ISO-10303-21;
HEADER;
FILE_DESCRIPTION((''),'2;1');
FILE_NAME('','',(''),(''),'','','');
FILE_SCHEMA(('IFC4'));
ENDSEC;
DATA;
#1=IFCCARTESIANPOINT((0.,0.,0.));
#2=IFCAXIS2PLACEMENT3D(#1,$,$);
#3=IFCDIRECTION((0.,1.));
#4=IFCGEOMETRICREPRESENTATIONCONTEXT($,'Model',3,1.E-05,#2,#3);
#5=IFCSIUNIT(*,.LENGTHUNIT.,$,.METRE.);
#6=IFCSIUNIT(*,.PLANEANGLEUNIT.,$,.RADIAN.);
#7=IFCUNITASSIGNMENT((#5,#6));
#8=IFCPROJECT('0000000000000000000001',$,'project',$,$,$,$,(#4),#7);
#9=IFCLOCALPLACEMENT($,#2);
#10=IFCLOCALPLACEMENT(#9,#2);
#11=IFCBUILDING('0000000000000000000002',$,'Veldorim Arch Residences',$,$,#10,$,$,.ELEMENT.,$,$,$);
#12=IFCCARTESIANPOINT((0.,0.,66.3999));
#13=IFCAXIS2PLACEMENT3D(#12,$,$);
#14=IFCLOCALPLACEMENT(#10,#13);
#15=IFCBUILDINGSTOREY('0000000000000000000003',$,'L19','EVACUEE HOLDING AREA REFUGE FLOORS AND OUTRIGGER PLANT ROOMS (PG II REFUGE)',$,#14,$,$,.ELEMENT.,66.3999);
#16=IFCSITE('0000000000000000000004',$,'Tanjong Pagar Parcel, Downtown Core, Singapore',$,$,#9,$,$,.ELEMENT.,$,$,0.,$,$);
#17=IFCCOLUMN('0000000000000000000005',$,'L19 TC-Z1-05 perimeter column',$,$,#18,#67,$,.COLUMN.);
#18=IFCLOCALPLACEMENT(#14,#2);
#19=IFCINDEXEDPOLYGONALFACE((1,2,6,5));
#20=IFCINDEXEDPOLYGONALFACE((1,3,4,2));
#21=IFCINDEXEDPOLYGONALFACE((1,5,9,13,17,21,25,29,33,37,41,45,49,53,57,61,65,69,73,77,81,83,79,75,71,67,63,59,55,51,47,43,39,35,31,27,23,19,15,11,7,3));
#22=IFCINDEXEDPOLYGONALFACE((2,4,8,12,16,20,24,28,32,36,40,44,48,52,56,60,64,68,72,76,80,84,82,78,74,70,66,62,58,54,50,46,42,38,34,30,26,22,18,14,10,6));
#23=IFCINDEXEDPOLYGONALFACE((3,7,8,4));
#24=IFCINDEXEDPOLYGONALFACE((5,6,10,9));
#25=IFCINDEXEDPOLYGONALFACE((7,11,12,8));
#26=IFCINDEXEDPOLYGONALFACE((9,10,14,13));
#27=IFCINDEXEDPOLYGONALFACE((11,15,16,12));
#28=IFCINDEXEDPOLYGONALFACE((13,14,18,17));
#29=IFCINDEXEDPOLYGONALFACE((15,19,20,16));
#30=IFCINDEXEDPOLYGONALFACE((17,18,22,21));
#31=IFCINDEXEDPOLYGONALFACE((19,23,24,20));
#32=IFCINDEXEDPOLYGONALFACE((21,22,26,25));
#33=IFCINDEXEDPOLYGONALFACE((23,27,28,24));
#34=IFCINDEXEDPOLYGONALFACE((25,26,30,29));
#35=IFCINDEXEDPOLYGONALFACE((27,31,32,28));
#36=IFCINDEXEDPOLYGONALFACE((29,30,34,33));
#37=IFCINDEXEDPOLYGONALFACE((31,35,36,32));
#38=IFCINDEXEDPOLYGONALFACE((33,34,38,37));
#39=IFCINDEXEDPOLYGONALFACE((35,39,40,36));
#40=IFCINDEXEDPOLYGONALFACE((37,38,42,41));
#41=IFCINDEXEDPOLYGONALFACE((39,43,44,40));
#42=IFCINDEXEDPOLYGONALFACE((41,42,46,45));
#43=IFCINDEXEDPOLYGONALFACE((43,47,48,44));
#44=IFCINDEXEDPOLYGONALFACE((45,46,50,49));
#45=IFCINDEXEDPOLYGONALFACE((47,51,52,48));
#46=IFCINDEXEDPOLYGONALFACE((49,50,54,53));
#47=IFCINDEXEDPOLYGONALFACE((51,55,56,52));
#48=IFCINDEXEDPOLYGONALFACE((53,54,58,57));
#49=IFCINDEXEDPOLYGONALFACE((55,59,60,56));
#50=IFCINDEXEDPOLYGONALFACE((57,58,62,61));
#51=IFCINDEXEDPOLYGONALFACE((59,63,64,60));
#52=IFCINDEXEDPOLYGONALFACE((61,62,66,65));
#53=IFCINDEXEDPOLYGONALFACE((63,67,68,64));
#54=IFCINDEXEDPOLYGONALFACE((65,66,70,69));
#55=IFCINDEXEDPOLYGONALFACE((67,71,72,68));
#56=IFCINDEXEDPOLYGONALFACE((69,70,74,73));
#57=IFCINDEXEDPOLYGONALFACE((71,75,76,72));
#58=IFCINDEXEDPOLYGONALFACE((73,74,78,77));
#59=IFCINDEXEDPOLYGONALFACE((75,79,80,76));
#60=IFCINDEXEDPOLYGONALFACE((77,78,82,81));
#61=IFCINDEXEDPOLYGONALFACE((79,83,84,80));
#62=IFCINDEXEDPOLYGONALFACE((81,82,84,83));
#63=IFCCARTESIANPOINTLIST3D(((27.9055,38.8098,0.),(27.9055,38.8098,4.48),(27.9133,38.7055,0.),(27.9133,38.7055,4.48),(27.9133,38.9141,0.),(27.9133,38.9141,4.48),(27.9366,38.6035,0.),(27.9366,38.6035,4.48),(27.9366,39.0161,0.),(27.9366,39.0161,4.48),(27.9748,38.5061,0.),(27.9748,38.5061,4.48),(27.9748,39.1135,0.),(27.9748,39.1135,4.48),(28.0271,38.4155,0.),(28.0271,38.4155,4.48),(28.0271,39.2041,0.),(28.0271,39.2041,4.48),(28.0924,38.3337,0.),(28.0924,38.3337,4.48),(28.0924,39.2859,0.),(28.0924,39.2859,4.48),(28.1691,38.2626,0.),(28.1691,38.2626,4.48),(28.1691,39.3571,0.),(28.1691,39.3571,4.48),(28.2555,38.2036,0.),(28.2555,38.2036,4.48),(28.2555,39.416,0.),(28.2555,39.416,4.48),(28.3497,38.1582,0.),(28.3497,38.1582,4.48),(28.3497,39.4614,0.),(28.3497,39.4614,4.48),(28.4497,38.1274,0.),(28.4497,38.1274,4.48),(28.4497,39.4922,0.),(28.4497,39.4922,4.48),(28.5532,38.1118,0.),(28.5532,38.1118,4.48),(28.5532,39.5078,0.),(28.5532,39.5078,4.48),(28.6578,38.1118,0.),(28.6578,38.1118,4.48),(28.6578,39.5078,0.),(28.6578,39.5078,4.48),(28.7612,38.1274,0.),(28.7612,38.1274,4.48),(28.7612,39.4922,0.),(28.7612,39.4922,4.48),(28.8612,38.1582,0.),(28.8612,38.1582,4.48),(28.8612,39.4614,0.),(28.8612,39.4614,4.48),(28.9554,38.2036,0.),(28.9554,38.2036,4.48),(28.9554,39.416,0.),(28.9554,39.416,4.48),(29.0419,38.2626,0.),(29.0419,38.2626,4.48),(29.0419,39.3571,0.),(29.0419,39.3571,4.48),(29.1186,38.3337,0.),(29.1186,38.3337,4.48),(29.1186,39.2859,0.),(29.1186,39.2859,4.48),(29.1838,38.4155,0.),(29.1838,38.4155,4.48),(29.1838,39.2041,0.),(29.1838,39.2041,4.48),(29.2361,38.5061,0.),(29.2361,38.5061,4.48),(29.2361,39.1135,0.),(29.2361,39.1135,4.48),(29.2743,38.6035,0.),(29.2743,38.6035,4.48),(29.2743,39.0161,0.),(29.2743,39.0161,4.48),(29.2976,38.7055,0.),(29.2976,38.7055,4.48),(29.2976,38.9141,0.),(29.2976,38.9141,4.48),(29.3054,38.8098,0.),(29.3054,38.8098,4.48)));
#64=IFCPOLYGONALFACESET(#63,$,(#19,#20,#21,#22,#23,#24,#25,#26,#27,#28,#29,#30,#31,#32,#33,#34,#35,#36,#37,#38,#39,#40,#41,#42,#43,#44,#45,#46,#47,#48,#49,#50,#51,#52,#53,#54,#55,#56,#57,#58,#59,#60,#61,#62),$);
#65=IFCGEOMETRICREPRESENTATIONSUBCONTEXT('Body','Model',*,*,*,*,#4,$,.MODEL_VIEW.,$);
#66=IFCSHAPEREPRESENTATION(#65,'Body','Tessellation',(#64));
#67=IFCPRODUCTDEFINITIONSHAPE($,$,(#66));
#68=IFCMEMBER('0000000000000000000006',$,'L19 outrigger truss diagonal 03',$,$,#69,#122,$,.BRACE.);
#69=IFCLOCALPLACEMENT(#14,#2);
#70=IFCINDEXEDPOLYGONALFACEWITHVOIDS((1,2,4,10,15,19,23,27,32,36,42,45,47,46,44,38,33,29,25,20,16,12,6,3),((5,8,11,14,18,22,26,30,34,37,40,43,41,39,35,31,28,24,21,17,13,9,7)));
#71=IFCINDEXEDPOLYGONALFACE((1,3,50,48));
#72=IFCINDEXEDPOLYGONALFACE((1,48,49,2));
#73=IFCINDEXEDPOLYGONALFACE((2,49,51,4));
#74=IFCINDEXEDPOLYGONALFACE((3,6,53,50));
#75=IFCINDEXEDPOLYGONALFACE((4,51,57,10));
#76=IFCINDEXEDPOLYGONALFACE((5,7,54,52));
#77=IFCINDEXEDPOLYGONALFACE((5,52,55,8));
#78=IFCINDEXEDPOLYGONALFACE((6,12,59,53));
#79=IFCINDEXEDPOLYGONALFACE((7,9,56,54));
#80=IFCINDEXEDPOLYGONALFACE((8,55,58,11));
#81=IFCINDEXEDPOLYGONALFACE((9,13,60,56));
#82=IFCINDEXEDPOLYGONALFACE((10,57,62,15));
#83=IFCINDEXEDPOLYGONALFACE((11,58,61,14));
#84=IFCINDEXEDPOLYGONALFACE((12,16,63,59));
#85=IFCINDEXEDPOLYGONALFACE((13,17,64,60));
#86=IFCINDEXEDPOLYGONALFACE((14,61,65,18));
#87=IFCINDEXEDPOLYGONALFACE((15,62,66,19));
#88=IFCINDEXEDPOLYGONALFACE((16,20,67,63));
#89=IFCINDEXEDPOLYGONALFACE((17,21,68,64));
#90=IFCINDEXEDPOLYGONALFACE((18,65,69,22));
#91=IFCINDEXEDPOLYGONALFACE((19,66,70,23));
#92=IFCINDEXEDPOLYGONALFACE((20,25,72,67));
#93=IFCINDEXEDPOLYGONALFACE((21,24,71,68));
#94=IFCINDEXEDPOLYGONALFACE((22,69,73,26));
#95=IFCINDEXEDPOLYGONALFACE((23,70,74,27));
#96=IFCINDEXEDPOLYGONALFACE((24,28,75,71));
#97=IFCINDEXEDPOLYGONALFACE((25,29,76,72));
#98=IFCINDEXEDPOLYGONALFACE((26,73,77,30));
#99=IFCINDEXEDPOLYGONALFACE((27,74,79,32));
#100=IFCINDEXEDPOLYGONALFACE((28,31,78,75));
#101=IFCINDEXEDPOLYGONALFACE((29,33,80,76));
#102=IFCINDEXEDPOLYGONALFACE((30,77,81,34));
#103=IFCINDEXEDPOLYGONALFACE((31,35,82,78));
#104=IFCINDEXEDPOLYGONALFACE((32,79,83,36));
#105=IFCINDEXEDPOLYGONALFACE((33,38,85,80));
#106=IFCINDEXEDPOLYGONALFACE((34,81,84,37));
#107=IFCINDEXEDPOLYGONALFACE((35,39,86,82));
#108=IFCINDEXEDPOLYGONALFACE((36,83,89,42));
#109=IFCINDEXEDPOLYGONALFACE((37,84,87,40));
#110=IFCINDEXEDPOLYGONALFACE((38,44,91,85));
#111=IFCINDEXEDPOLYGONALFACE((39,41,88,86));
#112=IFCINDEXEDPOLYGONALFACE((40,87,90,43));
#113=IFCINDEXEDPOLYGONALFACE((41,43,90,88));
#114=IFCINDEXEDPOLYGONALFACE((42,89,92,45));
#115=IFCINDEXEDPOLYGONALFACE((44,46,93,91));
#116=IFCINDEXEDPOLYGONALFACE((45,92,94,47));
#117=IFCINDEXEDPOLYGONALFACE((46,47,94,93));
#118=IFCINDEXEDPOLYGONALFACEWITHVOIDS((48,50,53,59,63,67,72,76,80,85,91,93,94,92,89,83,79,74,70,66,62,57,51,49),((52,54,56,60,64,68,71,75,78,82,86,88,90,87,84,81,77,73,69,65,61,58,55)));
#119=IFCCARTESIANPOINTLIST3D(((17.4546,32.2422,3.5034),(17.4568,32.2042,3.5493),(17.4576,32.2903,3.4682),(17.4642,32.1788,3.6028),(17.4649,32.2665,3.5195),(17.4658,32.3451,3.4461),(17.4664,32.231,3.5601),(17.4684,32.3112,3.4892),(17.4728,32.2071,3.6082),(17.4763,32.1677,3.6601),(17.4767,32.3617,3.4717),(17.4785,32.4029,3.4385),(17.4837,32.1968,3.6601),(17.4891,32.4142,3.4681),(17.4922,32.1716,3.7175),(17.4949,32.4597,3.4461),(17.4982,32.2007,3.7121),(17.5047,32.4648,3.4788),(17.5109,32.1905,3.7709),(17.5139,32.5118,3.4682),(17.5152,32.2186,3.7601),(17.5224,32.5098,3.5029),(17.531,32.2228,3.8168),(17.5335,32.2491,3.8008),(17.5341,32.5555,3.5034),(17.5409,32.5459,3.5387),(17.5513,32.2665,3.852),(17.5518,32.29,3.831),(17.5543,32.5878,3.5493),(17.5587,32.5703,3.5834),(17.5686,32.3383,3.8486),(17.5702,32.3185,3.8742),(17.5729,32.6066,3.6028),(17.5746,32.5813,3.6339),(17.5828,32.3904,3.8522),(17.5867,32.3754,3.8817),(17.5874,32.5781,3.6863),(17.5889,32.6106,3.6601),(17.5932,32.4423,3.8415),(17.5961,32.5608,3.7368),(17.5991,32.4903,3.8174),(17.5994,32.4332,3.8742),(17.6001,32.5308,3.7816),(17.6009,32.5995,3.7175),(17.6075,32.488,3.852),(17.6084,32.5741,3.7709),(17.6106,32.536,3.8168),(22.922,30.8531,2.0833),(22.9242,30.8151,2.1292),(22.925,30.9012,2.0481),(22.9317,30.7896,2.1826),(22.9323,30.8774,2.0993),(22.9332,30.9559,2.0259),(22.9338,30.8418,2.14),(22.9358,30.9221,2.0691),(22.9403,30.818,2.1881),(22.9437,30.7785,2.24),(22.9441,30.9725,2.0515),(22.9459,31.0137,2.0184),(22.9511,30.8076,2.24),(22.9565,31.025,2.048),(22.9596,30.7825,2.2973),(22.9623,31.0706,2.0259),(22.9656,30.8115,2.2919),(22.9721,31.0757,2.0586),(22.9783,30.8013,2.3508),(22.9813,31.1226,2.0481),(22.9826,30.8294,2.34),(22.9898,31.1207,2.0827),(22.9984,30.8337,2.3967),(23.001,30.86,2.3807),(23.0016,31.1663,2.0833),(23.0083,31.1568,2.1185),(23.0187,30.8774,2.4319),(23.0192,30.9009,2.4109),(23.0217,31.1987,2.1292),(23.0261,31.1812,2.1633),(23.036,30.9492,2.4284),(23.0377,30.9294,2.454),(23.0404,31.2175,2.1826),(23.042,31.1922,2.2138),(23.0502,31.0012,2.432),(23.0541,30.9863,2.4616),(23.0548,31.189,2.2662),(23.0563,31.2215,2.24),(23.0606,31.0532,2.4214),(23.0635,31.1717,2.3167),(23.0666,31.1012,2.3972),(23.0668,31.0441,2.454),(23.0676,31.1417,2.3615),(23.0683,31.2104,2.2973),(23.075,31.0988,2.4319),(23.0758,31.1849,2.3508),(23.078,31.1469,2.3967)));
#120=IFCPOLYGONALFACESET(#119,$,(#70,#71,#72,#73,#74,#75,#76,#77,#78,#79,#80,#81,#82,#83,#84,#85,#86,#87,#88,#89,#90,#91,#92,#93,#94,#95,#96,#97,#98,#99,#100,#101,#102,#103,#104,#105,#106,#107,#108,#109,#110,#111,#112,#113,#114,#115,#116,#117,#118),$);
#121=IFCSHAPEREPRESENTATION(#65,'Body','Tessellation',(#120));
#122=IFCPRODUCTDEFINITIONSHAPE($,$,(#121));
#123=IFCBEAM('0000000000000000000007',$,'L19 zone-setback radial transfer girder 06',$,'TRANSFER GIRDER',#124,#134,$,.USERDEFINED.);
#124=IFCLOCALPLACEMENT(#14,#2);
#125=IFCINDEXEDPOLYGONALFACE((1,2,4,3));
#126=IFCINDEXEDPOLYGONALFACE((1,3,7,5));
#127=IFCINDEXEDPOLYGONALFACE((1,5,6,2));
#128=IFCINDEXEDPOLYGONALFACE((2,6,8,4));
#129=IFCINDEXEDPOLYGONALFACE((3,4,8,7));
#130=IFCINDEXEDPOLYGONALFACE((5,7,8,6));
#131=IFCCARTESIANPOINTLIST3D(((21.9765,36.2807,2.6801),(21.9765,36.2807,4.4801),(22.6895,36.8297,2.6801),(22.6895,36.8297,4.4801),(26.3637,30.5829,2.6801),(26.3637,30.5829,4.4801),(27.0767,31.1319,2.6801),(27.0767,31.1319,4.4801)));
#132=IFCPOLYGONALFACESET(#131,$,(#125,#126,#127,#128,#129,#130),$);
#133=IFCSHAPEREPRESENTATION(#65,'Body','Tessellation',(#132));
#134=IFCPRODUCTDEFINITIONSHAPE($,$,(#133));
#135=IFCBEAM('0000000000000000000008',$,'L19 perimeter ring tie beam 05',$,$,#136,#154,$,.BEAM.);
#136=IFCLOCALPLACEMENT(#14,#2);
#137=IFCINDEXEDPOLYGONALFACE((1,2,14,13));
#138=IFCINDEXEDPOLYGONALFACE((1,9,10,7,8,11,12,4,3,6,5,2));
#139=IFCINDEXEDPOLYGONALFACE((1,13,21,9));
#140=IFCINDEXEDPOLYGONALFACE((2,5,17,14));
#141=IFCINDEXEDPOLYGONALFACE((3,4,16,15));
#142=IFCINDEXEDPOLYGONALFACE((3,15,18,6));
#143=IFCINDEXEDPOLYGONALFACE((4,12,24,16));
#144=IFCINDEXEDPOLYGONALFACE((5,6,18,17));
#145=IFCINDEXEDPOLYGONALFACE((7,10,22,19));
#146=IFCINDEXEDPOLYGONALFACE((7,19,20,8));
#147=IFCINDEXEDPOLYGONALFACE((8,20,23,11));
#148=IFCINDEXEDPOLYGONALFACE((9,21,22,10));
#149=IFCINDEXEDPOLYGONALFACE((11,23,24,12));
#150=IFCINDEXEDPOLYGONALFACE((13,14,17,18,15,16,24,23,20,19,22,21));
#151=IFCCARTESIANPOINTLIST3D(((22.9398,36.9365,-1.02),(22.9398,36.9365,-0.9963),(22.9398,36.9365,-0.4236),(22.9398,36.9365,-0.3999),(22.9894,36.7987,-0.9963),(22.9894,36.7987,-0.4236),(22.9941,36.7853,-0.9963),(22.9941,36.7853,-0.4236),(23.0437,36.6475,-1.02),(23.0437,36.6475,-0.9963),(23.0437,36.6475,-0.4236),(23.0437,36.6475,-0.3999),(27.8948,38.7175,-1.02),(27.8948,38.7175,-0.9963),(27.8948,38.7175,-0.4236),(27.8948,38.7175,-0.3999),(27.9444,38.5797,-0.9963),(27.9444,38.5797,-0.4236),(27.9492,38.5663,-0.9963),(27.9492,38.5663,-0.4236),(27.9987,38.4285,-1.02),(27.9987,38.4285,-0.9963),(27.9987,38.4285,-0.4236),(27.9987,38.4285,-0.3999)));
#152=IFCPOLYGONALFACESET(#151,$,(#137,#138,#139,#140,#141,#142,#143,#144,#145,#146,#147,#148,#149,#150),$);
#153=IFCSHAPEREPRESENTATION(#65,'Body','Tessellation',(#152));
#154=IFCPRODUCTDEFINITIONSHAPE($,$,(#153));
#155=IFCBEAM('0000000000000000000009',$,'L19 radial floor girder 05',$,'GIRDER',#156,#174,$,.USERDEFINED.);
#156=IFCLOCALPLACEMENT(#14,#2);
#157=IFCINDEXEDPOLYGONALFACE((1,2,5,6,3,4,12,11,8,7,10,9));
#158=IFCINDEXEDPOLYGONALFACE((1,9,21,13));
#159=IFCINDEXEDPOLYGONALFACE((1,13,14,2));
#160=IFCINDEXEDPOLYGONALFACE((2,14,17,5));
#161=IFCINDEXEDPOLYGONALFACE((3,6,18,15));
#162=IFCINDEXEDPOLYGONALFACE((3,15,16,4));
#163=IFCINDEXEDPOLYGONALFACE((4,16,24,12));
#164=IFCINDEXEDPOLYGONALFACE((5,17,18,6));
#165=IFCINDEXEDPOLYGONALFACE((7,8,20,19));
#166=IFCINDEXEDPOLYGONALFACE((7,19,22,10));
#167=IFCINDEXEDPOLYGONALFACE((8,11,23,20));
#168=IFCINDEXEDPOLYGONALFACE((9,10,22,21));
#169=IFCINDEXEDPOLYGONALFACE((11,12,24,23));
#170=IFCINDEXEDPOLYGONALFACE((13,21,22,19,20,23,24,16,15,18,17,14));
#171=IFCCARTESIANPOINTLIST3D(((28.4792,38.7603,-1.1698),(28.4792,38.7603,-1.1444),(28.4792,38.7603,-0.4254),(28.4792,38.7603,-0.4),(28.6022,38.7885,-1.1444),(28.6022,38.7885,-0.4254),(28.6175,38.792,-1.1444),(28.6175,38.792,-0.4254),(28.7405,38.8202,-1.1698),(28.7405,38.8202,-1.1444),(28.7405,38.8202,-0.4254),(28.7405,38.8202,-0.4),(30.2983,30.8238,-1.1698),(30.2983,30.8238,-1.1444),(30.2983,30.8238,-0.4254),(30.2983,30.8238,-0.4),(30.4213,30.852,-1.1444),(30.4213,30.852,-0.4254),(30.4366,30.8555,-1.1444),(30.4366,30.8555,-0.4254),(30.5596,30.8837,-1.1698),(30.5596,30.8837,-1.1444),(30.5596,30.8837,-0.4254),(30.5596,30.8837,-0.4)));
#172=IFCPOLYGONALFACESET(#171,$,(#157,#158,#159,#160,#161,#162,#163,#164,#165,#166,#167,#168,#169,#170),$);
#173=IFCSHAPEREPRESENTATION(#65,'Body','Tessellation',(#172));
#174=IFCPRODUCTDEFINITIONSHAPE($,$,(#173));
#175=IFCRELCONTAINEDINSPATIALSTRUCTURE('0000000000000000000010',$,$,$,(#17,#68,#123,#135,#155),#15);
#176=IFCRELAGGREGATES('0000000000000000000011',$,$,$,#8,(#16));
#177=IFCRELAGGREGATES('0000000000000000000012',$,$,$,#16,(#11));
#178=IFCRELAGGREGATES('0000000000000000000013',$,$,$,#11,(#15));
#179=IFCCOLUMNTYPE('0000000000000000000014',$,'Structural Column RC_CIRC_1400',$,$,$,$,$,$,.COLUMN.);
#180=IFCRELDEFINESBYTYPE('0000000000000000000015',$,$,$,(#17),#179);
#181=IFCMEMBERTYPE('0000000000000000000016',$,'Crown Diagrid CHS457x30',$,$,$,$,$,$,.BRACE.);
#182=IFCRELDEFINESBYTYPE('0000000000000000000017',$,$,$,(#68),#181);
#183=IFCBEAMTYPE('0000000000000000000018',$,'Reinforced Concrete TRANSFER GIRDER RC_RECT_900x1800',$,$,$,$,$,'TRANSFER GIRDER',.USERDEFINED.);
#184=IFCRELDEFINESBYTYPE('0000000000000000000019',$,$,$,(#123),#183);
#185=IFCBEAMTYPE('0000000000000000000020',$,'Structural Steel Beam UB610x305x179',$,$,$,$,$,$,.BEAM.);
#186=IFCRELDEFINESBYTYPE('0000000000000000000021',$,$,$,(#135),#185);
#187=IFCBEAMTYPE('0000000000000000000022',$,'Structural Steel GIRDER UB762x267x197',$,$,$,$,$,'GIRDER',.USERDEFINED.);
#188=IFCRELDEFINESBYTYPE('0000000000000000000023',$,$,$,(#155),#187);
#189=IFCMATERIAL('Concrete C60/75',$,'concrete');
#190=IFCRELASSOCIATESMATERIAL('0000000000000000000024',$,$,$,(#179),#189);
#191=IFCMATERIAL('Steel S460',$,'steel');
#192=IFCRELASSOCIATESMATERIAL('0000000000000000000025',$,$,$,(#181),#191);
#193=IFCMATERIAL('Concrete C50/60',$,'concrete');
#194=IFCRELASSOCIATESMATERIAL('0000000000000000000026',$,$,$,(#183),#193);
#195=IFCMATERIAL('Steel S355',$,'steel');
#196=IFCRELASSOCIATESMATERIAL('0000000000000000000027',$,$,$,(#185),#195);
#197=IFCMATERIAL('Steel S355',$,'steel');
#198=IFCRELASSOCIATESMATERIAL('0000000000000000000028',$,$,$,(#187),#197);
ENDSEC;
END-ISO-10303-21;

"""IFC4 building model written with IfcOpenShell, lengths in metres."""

from ifc_helpers import new_model, si_unit, direction, frame, origin, origin_2d, place, context, subcontext, project, spatial, rectangle, circle, hollow_circle, i_section, extrude, material, material_profile, profile_set, type_object, element, save


model = new_model("IFC4")

# Units and contexts
model_context = context("Model", 3, precision=1e-05, world=origin(), true_north=direction((0.0, 1.0)))
body_context = subcontext(model_context, "Body", "Model", "MODEL_VIEW")
ifc_project = project(units=[si_unit("LENGTHUNIT", "METRE"), si_unit("PLANEANGLEUNIT", "RADIAN")], contexts=[model_context])

# Site, building, storey
site_placement = place(None, origin())
site = spatial("IfcSite", under=ifc_project, at=site_placement, Name="Tanjong Pagar Parcel, Downtown Core, Singapore", CompositionType="ELEMENT", RefElevation=0.0)
building_placement = place(site_placement, origin())
building = spatial("IfcBuilding", under=site, at=building_placement, Name="Veldorim Arch Residences", CompositionType="ELEMENT")
storey_placement = place(building_placement, frame((0.0, 0.0, 66.3999)))
storey = spatial("IfcBuildingStorey", under=building, at=storey_placement, Name="L19", Description="EVACUEE HOLDING AREA REFUGE FLOORS AND OUTRIGGER PLANT ROOMS (PG II REFUGE)", CompositionType="ELEMENT", Elevation=66.3999)

# Column
ifc_material_1 = material(Name="Concrete C60/75", Category="concrete")
ifc_material_profile_1 = material_profile(ifc_material_1, circle(Radius=0.7, at=origin_2d()), Name="RC_CIRC_1400")
ifc_profile_set_1 = profile_set([ifc_material_profile_1], Name="Concrete C60/75")
column_type = type_object("IfcColumnType", Name="Structural Column RC_CIRC_1400", PredefinedType="COLUMN", material=ifc_profile_set_1)
column_placement = place(storey_placement, frame((28.6055, 38.8098, 0.0), z_axis=(0.0, 0.0, 1.0), x_axis=(1.0, 0.0, 0.0)))
element("IfcColumn", 1, at=column_placement, inside=storey, type_object=column_type, Name="L19 TC-Z1-05 perimeter column", PredefinedType="COLUMN", context=body_context, shape_type="SweptSolid", body=[
    extrude(circle(Radius=0.7, at=origin_2d()), origin(), (0.0, 0.0, 1.0), 4.48),
])

# Member
ifc_material_2 = material(Name="Steel S460", Category="steel")
ifc_material_profile_2 = material_profile(ifc_material_2, hollow_circle(Radius=0.2285, WallThickness=0.03, at=origin_2d()), Name="CHS457x30")
ifc_profile_set_2 = profile_set([ifc_material_profile_2], Name="Steel S460")
member_type_1 = type_object("IfcMemberType", Name="Crown Diagrid CHS457x30", PredefinedType="BRACE", material=ifc_profile_set_2)
member_1_placement = place(storey_placement, frame((23.0, 31.0, 2.24), z_axis=(-0.939881, 0.2388, 0.24413), x_axis=(-0.246251, -0.969206, 0.0)))
element("IfcMember", 2, at=member_1_placement, inside=storey, type_object=member_type_1, Name="L19 outrigger truss diagonal 03", PredefinedType="BRACE", context=body_context, shape_type="SweptSolid", body=[
    extrude(hollow_circle(Radius=0.2285, WallThickness=0.03, at=origin_2d()), origin(), (0.0, 0.0, 1.0), 5.8171),
])

# Beams
ifc_material_3 = material(Name="Concrete C50/60", Category="concrete")
ifc_material_profile_3 = material_profile(ifc_material_3, rectangle(XDim=0.8999, YDim=1.8, at=origin_2d()), Name="RC_RECT_900x1800")
ifc_profile_set_3 = profile_set([ifc_material_profile_3], Name="Concrete C50/60")
beam_type_1 = type_object("IfcBeamType", Name="Reinforced Concrete TRANSFER GIRDER RC_RECT_900x1800", ElementType="TRANSFER GIRDER", PredefinedType="USERDEFINED", material=ifc_profile_set_3)
beam_1_placement = place(storey_placement, frame((26.7202, 30.8574, 3.5801), z_axis=(-0.610088, 0.792334, 0.0), x_axis=(-0.792334, -0.610088, 0.0)))
element("IfcBeam", 3, at=beam_1_placement, inside=storey, type_object=beam_type_1, Name="L19 zone-setback radial transfer girder 06", ObjectType="TRANSFER GIRDER", PredefinedType="USERDEFINED", context=body_context, shape_type="SweptSolid", body=[
    extrude(rectangle(XDim=0.8999, YDim=1.8, at=origin_2d()), origin(), (0.0, 0.0, 1.0), 7.1912),
])
ifc_material_4 = material(Name="Steel S355", Category="steel")
ifc_material_profile_4 = material_profile(ifc_material_4, i_section(OverallWidth=0.3071, OverallDepth=0.6201, WebThickness=0.0142, FlangeThickness=0.0237, at=origin_2d()), Name="UB610x305x179")
ifc_profile_set_4 = profile_set([ifc_material_profile_4], Name="Steel S355")
beam_type_2 = type_object("IfcBeamType", Name="Structural Steel Beam UB610x305x179", PredefinedType="BEAM", material=ifc_profile_set_4)
beam_2_placement = place(storey_placement, frame((27.9468, 38.573, -0.71), z_axis=(-0.941058, -0.338245, 0.0), x_axis=(0.338245, -0.941058, 0.0)))
element("IfcBeam", 4, at=beam_2_placement, inside=storey, type_object=beam_type_2, Name="L19 perimeter ring tie beam 05", PredefinedType="BEAM", context=body_context, shape_type="SweptSolid", body=[
    extrude(i_section(OverallWidth=0.3071, OverallDepth=0.6201, WebThickness=0.0142, FlangeThickness=0.0237, at=origin_2d()), origin(), (0.0, 0.0, 1.0), 5.2654),
])
ifc_material_5 = material(Name="Steel S355", Category="steel")
ifc_material_profile_5 = material_profile(ifc_material_5, i_section(OverallWidth=0.2681, OverallDepth=0.7698, WebThickness=0.0156, FlangeThickness=0.0254, at=origin_2d()), Name="UB762x267x197")
ifc_profile_set_5 = profile_set([ifc_material_profile_5], Name="Steel S355")
beam_type_3 = type_object("IfcBeamType", Name="Structural Steel GIRDER UB762x267x197", ElementType="GIRDER", PredefinedType="USERDEFINED", material=ifc_profile_set_5)
beam_3_placement = place(storey_placement, frame((30.429, 30.8538, -0.7849), z_axis=(-0.223412, 0.974724, 0.0), x_axis=(-0.974724, -0.223412, 0.0)))
element("IfcBeam", 5, at=beam_3_placement, inside=storey, type_object=beam_type_3, Name="L19 radial floor girder 05", ObjectType="GIRDER", PredefinedType="USERDEFINED", context=body_context, shape_type="SweptSolid", body=[
    extrude(i_section(OverallWidth=0.2681, OverallDepth=0.7698, WebThickness=0.0156, FlangeThickness=0.0254, at=origin_2d()), origin(), (0.0, 0.0, 1.0), 8.1423),
])

save(model, "model.ifc")
